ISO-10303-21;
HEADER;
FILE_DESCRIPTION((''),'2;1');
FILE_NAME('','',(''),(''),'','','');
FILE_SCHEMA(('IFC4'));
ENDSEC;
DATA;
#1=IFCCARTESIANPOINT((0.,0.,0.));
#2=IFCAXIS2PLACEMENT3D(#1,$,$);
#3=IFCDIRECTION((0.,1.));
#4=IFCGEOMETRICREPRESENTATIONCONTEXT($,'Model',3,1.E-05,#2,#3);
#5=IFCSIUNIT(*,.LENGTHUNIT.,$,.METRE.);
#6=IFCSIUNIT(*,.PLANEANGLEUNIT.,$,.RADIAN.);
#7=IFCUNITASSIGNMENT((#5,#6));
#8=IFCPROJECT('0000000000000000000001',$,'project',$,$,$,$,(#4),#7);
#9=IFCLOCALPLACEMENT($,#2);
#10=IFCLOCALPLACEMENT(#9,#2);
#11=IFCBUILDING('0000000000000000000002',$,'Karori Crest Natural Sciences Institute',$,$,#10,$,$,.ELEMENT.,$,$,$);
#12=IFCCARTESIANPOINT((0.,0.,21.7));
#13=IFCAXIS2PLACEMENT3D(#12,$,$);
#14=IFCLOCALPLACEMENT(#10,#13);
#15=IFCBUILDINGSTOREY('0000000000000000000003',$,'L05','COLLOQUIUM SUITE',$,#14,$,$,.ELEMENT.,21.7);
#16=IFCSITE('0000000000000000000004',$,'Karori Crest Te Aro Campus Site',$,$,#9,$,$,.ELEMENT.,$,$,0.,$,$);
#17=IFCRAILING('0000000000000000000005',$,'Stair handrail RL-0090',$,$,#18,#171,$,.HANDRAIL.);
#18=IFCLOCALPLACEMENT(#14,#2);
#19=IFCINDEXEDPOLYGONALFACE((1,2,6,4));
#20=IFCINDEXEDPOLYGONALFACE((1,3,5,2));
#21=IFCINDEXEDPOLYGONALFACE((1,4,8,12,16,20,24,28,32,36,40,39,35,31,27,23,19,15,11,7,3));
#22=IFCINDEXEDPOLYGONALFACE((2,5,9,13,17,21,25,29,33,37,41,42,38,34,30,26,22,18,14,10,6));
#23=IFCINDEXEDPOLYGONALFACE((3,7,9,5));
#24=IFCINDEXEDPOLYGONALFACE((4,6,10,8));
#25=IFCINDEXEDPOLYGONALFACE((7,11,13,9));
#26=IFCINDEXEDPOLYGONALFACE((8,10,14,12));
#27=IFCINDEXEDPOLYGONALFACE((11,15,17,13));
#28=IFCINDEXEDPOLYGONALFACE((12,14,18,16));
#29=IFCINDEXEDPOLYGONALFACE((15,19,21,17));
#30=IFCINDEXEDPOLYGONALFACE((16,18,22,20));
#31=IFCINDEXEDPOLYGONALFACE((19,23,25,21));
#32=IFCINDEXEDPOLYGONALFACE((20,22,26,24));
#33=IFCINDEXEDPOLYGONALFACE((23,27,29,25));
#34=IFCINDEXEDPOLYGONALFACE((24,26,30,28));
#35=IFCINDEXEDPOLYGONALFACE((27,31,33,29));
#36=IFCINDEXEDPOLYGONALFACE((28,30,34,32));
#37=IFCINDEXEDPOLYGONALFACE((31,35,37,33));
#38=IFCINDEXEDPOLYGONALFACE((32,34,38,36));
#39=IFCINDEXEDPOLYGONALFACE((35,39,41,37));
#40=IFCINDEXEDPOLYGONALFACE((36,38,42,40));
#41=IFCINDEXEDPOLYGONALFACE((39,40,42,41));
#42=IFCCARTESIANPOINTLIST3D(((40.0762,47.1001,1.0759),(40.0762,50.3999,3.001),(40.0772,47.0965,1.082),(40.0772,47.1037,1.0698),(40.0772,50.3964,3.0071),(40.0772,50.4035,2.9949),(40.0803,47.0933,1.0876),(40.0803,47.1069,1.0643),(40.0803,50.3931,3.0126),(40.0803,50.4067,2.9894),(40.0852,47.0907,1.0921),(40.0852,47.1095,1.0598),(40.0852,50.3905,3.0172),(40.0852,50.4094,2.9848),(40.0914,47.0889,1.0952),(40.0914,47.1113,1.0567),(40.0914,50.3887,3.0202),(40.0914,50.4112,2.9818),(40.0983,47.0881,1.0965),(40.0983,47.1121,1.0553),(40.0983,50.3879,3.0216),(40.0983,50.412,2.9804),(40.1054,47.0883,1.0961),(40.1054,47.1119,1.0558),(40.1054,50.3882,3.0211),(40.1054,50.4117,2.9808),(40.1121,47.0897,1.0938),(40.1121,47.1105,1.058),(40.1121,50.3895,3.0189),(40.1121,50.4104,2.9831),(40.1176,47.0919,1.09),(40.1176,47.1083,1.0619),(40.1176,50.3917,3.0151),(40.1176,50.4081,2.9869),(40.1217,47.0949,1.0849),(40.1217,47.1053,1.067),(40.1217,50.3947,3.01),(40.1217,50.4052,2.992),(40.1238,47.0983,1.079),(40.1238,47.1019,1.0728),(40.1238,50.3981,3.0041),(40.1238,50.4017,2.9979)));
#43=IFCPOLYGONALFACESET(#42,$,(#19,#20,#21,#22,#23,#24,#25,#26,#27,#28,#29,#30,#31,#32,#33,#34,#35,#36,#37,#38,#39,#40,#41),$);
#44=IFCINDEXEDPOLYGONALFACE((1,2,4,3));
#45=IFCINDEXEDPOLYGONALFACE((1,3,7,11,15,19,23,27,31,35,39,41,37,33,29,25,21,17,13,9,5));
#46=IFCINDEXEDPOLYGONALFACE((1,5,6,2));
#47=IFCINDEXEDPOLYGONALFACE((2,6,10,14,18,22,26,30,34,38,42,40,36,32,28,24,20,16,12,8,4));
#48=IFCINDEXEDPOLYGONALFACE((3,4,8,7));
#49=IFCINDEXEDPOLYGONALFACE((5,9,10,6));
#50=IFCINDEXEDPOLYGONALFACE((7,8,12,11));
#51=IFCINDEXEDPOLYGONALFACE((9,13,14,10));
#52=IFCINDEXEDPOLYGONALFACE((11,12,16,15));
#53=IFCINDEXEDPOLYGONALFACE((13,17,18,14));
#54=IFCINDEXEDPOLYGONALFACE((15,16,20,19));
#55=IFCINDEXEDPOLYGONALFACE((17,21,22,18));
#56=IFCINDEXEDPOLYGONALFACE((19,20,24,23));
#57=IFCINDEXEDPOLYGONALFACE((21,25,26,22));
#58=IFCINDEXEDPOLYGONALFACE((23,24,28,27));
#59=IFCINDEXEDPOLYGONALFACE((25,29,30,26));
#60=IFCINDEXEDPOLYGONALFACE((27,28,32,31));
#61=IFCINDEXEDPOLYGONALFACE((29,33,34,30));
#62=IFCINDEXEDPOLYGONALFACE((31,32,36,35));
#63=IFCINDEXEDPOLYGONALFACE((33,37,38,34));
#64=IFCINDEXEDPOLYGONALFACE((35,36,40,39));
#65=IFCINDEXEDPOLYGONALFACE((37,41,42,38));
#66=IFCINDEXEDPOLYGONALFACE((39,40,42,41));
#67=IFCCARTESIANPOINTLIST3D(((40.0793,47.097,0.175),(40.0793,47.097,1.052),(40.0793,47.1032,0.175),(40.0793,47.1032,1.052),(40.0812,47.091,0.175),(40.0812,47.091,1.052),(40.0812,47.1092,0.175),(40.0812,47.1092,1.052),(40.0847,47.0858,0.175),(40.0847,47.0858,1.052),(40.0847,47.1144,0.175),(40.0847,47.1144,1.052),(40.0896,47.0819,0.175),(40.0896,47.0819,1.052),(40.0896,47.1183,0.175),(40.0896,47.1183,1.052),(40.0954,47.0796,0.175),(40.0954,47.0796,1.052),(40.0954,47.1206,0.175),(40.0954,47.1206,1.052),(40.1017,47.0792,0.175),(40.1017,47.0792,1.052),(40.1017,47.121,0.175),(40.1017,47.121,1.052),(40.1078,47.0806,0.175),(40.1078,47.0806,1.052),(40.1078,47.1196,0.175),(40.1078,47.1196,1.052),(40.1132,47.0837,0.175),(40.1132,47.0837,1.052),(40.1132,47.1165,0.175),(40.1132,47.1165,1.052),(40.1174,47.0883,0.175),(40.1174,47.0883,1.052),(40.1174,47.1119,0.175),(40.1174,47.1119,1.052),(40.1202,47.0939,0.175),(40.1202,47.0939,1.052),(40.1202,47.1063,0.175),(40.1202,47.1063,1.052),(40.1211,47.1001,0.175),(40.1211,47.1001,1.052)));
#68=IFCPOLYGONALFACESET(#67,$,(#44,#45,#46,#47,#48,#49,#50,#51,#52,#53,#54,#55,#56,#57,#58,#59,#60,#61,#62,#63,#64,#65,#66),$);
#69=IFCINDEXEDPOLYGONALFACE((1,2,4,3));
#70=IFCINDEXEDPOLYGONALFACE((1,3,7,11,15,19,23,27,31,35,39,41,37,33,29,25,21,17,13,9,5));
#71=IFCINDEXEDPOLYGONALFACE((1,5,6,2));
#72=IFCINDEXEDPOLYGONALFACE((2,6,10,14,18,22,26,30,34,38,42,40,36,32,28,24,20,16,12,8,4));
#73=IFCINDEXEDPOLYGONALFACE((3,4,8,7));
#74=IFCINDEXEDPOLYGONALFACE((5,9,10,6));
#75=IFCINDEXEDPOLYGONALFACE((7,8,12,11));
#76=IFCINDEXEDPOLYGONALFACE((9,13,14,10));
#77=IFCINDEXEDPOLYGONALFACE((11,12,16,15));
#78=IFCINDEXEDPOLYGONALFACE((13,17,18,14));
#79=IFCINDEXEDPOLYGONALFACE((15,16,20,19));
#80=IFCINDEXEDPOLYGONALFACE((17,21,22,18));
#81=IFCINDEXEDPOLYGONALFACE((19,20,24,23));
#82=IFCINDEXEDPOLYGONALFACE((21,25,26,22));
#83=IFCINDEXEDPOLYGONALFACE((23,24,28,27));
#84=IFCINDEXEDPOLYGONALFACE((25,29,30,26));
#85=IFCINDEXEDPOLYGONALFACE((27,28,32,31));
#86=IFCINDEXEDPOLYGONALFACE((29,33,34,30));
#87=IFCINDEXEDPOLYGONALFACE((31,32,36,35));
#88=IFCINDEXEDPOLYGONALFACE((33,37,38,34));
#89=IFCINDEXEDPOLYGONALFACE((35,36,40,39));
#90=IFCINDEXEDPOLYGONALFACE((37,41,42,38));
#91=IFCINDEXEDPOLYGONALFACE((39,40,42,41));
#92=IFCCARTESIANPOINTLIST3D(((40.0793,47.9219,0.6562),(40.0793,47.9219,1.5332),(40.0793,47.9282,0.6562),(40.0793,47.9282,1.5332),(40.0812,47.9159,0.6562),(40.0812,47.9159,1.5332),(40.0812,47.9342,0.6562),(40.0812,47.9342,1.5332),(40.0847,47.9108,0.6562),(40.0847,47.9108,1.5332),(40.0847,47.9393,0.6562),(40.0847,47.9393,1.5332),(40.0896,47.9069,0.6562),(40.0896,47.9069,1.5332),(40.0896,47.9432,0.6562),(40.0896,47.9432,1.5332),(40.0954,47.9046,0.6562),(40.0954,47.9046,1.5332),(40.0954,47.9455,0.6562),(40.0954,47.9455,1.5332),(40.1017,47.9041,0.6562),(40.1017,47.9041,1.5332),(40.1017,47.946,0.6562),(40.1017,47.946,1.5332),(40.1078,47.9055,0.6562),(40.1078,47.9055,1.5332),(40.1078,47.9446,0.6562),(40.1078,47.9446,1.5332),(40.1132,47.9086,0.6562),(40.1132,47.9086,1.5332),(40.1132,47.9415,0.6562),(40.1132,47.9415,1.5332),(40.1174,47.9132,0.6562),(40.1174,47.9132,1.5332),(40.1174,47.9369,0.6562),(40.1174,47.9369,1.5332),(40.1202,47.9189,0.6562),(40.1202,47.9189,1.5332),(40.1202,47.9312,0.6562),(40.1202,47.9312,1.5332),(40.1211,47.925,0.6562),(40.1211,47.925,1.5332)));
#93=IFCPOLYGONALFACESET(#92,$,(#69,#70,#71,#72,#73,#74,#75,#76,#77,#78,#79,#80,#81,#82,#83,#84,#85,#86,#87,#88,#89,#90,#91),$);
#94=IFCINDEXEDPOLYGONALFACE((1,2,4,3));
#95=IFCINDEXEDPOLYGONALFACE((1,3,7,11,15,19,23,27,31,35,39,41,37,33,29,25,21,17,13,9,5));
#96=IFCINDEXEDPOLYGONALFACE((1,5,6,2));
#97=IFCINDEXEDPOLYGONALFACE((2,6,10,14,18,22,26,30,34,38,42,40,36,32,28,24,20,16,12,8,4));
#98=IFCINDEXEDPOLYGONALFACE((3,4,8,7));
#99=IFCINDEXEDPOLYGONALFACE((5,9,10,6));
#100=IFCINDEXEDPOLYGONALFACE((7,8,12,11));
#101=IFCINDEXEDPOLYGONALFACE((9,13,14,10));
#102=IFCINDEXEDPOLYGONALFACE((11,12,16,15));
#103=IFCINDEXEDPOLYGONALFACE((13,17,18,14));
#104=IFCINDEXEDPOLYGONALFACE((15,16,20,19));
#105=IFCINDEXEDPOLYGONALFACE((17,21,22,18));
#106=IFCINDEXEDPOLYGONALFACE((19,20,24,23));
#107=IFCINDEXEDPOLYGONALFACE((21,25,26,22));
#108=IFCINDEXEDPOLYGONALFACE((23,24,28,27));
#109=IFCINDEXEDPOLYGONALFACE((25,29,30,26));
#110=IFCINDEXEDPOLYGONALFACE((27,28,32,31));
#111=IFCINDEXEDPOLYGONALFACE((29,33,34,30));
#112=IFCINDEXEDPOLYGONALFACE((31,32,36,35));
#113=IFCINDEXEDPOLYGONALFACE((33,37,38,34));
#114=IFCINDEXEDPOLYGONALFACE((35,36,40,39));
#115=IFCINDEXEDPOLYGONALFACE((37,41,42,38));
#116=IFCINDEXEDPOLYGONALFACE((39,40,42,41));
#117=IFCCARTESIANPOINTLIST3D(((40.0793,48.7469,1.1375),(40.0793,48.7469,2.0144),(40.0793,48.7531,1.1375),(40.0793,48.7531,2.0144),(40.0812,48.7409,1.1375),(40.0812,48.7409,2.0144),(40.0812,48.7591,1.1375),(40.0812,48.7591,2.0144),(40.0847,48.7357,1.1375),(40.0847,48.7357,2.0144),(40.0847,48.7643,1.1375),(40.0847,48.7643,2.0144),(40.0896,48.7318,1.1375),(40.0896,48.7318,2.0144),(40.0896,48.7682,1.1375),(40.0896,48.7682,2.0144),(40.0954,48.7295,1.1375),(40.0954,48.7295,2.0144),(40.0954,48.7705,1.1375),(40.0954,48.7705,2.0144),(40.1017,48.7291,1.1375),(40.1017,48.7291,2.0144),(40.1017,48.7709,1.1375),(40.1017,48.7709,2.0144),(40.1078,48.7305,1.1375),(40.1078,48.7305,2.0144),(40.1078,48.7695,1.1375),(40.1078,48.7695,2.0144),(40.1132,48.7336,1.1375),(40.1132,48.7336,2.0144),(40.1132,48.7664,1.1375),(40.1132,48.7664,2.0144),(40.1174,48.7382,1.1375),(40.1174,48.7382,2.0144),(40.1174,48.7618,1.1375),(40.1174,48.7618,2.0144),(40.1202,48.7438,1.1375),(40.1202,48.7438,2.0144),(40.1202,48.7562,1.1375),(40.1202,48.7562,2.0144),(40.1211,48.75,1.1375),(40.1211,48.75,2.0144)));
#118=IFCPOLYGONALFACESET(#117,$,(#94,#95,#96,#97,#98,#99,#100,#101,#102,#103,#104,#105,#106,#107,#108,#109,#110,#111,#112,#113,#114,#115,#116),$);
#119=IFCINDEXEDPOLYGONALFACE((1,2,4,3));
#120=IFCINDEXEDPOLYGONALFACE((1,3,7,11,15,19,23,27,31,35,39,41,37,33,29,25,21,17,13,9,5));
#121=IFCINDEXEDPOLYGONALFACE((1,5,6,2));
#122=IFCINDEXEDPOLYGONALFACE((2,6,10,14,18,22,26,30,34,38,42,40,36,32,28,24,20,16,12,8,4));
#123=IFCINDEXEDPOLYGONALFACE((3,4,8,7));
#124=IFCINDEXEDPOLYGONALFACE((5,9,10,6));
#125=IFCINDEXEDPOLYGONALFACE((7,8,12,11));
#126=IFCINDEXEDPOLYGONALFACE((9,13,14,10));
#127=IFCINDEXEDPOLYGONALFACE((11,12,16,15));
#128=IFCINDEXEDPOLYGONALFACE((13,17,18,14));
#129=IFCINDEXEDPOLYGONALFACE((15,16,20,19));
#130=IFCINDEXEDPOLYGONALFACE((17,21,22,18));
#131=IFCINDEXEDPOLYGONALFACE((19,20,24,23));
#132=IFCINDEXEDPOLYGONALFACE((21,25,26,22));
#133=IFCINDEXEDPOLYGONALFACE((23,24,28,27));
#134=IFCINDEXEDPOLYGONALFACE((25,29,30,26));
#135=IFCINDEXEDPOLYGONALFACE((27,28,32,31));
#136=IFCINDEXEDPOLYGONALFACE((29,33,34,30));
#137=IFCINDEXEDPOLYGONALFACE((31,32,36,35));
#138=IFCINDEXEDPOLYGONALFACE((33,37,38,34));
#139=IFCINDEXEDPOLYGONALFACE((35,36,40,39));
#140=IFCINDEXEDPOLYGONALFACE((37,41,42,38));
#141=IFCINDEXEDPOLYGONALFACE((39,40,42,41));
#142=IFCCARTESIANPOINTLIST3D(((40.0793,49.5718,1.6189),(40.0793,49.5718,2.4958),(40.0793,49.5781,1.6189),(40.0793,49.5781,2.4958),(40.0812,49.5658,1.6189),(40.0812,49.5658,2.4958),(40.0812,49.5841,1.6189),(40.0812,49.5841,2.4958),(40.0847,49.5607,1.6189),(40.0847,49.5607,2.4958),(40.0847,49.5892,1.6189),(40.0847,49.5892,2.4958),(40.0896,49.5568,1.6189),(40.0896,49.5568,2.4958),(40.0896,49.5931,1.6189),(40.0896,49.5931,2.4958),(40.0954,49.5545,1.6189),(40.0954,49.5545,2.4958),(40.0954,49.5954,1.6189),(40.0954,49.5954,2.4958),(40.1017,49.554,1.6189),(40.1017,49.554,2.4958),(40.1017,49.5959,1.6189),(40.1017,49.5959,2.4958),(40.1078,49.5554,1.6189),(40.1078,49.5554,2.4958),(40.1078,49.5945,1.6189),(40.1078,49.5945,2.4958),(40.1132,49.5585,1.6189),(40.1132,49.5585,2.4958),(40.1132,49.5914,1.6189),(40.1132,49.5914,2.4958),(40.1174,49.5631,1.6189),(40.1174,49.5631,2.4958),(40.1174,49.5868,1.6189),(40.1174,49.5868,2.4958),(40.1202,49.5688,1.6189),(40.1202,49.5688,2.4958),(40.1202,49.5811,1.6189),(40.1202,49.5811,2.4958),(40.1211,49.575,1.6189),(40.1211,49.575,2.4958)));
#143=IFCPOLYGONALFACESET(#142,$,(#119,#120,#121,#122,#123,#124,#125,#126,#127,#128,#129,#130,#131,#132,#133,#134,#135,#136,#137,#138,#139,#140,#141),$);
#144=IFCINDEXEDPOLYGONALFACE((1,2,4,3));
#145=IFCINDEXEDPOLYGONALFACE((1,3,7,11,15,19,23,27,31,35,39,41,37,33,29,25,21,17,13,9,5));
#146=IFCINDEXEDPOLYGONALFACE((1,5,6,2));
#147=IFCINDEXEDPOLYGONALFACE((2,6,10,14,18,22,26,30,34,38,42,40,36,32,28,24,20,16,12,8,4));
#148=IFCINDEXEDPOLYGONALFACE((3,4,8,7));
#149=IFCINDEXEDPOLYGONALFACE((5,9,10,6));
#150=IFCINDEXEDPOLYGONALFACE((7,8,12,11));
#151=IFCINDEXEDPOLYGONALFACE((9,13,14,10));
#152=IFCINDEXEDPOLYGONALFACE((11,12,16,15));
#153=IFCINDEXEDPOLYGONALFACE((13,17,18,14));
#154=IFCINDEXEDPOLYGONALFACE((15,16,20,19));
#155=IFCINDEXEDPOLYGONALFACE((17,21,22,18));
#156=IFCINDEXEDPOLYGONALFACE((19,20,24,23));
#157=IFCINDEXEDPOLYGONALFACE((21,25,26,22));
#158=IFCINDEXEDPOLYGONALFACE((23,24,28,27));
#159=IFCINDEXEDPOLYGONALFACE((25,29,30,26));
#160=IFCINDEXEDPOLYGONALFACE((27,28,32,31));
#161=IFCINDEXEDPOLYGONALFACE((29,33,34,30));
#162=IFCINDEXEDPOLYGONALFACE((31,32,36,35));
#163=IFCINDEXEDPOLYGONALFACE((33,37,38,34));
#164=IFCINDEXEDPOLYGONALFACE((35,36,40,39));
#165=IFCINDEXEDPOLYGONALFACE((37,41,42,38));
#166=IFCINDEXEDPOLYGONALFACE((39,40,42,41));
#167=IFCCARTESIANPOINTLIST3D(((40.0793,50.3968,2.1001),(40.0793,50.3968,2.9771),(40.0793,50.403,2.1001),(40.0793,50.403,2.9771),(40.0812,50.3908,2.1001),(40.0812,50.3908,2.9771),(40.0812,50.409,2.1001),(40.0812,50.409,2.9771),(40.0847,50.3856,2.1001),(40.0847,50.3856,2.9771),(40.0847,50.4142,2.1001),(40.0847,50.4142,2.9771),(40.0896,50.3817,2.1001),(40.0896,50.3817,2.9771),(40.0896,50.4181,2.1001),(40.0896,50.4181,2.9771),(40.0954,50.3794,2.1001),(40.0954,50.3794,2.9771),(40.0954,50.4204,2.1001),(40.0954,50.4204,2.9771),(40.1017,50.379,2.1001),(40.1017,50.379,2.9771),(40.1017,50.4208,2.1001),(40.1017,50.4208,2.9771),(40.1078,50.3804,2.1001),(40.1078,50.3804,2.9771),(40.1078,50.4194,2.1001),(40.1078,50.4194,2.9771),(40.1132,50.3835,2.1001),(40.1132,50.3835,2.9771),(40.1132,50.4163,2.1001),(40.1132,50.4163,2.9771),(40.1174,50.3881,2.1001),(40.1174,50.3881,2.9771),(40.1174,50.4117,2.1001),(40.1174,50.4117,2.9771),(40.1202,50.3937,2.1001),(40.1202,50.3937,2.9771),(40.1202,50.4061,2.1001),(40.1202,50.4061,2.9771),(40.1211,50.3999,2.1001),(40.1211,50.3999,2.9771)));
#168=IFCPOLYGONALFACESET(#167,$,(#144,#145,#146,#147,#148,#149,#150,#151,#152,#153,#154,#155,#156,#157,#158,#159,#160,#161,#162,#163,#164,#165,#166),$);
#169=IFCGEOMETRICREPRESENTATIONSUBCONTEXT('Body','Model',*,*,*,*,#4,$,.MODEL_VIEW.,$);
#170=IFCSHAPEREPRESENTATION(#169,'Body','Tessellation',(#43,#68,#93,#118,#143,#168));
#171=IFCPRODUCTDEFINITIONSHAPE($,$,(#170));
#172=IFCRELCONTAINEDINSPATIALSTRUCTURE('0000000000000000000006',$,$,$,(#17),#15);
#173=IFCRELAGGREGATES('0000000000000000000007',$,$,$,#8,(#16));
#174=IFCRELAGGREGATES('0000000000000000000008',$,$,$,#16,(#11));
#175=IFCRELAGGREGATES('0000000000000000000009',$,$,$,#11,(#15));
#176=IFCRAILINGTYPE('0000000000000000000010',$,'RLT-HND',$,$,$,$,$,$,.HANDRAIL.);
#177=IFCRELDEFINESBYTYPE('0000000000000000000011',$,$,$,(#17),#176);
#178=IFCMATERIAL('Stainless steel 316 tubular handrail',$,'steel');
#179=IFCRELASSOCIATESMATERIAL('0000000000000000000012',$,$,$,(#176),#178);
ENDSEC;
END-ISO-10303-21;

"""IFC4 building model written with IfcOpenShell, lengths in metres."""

from ifc_helpers import new_model, si_unit, direction, frame, origin, origin_2d, place, context, subcontext, project, spatial, circle, extrude, material, type_object, element, save


model = new_model("IFC4")

# Units and contexts
model_context = context("Model", 3, precision=1e-05, world=origin(), true_north=direction((0.0, 1.0)))
body_context = subcontext(model_context, "Body", "Model", "MODEL_VIEW")
ifc_project = project(units=[si_unit("LENGTHUNIT", "METRE"), si_unit("PLANEANGLEUNIT", "RADIAN")], contexts=[model_context])

# Site, building, storey
site_placement = place(None, origin())
site = spatial("IfcSite", under=ifc_project, at=site_placement, Name="Karori Crest Te Aro Campus Site", CompositionType="ELEMENT", RefElevation=0.0)
building_placement = place(site_placement, origin())
building = spatial("IfcBuilding", under=site, at=building_placement, Name="Karori Crest Natural Sciences Institute", CompositionType="ELEMENT")
storey_placement = place(building_placement, frame((0.0, 0.0, 21.7)))
storey = spatial("IfcBuildingStorey", under=building, at=storey_placement, Name="L05", Description="COLLOQUIUM SUITE", CompositionType="ELEMENT", Elevation=21.7)

# Railing
ifc_material_1 = material(Name="Stainless steel 316 tubular handrail", Category="steel")
railing_type_1 = type_object("IfcRailingType", Name="RLT-HND", PredefinedType="HANDRAIL", material=ifc_material_1)
railing_1_placement = place(storey_placement, frame((40.1001, 47.1001, 0.175)))
element("IfcRailing", 1, at=railing_1_placement, inside=storey, type_object=railing_type_1, Name="Stair handrail RL-0090", PredefinedType="HANDRAIL", context=body_context, shape_type="SweptSolid", body=[
    extrude(circle(Radius=0.0239, at=origin_2d()), frame((0.0, 0.0, 0.9009), z_axis=(0.0, 0.86376, 0.503903), x_axis=(-1.0, 0.0, 0.0)), (0.0, 0.0, 1.0), 3.8203),
    extrude(circle(Radius=0.021, at=origin_2d()), origin(), (0.0, 0.0, 1.0), 0.877),
    extrude(circle(Radius=0.021, at=origin_2d()), frame((0.0, 0.825, 0.4812)), (0.0, 0.0, 1.0), 0.877),
    extrude(circle(Radius=0.021, at=origin_2d()), frame((0.0, 1.6499, 0.9624)), (0.0, 0.0, 1.0), 0.877),
    extrude(circle(Radius=0.021, at=origin_2d()), frame((0.0, 2.4749, 1.4438)), (0.0, 0.0, 1.0), 0.877),
    extrude(circle(Radius=0.021, at=origin_2d()), frame((0.0, 3.2998, 1.925)), (0.0, 0.0, 1.0), 0.877),
])

save(model, "model.ifc")
